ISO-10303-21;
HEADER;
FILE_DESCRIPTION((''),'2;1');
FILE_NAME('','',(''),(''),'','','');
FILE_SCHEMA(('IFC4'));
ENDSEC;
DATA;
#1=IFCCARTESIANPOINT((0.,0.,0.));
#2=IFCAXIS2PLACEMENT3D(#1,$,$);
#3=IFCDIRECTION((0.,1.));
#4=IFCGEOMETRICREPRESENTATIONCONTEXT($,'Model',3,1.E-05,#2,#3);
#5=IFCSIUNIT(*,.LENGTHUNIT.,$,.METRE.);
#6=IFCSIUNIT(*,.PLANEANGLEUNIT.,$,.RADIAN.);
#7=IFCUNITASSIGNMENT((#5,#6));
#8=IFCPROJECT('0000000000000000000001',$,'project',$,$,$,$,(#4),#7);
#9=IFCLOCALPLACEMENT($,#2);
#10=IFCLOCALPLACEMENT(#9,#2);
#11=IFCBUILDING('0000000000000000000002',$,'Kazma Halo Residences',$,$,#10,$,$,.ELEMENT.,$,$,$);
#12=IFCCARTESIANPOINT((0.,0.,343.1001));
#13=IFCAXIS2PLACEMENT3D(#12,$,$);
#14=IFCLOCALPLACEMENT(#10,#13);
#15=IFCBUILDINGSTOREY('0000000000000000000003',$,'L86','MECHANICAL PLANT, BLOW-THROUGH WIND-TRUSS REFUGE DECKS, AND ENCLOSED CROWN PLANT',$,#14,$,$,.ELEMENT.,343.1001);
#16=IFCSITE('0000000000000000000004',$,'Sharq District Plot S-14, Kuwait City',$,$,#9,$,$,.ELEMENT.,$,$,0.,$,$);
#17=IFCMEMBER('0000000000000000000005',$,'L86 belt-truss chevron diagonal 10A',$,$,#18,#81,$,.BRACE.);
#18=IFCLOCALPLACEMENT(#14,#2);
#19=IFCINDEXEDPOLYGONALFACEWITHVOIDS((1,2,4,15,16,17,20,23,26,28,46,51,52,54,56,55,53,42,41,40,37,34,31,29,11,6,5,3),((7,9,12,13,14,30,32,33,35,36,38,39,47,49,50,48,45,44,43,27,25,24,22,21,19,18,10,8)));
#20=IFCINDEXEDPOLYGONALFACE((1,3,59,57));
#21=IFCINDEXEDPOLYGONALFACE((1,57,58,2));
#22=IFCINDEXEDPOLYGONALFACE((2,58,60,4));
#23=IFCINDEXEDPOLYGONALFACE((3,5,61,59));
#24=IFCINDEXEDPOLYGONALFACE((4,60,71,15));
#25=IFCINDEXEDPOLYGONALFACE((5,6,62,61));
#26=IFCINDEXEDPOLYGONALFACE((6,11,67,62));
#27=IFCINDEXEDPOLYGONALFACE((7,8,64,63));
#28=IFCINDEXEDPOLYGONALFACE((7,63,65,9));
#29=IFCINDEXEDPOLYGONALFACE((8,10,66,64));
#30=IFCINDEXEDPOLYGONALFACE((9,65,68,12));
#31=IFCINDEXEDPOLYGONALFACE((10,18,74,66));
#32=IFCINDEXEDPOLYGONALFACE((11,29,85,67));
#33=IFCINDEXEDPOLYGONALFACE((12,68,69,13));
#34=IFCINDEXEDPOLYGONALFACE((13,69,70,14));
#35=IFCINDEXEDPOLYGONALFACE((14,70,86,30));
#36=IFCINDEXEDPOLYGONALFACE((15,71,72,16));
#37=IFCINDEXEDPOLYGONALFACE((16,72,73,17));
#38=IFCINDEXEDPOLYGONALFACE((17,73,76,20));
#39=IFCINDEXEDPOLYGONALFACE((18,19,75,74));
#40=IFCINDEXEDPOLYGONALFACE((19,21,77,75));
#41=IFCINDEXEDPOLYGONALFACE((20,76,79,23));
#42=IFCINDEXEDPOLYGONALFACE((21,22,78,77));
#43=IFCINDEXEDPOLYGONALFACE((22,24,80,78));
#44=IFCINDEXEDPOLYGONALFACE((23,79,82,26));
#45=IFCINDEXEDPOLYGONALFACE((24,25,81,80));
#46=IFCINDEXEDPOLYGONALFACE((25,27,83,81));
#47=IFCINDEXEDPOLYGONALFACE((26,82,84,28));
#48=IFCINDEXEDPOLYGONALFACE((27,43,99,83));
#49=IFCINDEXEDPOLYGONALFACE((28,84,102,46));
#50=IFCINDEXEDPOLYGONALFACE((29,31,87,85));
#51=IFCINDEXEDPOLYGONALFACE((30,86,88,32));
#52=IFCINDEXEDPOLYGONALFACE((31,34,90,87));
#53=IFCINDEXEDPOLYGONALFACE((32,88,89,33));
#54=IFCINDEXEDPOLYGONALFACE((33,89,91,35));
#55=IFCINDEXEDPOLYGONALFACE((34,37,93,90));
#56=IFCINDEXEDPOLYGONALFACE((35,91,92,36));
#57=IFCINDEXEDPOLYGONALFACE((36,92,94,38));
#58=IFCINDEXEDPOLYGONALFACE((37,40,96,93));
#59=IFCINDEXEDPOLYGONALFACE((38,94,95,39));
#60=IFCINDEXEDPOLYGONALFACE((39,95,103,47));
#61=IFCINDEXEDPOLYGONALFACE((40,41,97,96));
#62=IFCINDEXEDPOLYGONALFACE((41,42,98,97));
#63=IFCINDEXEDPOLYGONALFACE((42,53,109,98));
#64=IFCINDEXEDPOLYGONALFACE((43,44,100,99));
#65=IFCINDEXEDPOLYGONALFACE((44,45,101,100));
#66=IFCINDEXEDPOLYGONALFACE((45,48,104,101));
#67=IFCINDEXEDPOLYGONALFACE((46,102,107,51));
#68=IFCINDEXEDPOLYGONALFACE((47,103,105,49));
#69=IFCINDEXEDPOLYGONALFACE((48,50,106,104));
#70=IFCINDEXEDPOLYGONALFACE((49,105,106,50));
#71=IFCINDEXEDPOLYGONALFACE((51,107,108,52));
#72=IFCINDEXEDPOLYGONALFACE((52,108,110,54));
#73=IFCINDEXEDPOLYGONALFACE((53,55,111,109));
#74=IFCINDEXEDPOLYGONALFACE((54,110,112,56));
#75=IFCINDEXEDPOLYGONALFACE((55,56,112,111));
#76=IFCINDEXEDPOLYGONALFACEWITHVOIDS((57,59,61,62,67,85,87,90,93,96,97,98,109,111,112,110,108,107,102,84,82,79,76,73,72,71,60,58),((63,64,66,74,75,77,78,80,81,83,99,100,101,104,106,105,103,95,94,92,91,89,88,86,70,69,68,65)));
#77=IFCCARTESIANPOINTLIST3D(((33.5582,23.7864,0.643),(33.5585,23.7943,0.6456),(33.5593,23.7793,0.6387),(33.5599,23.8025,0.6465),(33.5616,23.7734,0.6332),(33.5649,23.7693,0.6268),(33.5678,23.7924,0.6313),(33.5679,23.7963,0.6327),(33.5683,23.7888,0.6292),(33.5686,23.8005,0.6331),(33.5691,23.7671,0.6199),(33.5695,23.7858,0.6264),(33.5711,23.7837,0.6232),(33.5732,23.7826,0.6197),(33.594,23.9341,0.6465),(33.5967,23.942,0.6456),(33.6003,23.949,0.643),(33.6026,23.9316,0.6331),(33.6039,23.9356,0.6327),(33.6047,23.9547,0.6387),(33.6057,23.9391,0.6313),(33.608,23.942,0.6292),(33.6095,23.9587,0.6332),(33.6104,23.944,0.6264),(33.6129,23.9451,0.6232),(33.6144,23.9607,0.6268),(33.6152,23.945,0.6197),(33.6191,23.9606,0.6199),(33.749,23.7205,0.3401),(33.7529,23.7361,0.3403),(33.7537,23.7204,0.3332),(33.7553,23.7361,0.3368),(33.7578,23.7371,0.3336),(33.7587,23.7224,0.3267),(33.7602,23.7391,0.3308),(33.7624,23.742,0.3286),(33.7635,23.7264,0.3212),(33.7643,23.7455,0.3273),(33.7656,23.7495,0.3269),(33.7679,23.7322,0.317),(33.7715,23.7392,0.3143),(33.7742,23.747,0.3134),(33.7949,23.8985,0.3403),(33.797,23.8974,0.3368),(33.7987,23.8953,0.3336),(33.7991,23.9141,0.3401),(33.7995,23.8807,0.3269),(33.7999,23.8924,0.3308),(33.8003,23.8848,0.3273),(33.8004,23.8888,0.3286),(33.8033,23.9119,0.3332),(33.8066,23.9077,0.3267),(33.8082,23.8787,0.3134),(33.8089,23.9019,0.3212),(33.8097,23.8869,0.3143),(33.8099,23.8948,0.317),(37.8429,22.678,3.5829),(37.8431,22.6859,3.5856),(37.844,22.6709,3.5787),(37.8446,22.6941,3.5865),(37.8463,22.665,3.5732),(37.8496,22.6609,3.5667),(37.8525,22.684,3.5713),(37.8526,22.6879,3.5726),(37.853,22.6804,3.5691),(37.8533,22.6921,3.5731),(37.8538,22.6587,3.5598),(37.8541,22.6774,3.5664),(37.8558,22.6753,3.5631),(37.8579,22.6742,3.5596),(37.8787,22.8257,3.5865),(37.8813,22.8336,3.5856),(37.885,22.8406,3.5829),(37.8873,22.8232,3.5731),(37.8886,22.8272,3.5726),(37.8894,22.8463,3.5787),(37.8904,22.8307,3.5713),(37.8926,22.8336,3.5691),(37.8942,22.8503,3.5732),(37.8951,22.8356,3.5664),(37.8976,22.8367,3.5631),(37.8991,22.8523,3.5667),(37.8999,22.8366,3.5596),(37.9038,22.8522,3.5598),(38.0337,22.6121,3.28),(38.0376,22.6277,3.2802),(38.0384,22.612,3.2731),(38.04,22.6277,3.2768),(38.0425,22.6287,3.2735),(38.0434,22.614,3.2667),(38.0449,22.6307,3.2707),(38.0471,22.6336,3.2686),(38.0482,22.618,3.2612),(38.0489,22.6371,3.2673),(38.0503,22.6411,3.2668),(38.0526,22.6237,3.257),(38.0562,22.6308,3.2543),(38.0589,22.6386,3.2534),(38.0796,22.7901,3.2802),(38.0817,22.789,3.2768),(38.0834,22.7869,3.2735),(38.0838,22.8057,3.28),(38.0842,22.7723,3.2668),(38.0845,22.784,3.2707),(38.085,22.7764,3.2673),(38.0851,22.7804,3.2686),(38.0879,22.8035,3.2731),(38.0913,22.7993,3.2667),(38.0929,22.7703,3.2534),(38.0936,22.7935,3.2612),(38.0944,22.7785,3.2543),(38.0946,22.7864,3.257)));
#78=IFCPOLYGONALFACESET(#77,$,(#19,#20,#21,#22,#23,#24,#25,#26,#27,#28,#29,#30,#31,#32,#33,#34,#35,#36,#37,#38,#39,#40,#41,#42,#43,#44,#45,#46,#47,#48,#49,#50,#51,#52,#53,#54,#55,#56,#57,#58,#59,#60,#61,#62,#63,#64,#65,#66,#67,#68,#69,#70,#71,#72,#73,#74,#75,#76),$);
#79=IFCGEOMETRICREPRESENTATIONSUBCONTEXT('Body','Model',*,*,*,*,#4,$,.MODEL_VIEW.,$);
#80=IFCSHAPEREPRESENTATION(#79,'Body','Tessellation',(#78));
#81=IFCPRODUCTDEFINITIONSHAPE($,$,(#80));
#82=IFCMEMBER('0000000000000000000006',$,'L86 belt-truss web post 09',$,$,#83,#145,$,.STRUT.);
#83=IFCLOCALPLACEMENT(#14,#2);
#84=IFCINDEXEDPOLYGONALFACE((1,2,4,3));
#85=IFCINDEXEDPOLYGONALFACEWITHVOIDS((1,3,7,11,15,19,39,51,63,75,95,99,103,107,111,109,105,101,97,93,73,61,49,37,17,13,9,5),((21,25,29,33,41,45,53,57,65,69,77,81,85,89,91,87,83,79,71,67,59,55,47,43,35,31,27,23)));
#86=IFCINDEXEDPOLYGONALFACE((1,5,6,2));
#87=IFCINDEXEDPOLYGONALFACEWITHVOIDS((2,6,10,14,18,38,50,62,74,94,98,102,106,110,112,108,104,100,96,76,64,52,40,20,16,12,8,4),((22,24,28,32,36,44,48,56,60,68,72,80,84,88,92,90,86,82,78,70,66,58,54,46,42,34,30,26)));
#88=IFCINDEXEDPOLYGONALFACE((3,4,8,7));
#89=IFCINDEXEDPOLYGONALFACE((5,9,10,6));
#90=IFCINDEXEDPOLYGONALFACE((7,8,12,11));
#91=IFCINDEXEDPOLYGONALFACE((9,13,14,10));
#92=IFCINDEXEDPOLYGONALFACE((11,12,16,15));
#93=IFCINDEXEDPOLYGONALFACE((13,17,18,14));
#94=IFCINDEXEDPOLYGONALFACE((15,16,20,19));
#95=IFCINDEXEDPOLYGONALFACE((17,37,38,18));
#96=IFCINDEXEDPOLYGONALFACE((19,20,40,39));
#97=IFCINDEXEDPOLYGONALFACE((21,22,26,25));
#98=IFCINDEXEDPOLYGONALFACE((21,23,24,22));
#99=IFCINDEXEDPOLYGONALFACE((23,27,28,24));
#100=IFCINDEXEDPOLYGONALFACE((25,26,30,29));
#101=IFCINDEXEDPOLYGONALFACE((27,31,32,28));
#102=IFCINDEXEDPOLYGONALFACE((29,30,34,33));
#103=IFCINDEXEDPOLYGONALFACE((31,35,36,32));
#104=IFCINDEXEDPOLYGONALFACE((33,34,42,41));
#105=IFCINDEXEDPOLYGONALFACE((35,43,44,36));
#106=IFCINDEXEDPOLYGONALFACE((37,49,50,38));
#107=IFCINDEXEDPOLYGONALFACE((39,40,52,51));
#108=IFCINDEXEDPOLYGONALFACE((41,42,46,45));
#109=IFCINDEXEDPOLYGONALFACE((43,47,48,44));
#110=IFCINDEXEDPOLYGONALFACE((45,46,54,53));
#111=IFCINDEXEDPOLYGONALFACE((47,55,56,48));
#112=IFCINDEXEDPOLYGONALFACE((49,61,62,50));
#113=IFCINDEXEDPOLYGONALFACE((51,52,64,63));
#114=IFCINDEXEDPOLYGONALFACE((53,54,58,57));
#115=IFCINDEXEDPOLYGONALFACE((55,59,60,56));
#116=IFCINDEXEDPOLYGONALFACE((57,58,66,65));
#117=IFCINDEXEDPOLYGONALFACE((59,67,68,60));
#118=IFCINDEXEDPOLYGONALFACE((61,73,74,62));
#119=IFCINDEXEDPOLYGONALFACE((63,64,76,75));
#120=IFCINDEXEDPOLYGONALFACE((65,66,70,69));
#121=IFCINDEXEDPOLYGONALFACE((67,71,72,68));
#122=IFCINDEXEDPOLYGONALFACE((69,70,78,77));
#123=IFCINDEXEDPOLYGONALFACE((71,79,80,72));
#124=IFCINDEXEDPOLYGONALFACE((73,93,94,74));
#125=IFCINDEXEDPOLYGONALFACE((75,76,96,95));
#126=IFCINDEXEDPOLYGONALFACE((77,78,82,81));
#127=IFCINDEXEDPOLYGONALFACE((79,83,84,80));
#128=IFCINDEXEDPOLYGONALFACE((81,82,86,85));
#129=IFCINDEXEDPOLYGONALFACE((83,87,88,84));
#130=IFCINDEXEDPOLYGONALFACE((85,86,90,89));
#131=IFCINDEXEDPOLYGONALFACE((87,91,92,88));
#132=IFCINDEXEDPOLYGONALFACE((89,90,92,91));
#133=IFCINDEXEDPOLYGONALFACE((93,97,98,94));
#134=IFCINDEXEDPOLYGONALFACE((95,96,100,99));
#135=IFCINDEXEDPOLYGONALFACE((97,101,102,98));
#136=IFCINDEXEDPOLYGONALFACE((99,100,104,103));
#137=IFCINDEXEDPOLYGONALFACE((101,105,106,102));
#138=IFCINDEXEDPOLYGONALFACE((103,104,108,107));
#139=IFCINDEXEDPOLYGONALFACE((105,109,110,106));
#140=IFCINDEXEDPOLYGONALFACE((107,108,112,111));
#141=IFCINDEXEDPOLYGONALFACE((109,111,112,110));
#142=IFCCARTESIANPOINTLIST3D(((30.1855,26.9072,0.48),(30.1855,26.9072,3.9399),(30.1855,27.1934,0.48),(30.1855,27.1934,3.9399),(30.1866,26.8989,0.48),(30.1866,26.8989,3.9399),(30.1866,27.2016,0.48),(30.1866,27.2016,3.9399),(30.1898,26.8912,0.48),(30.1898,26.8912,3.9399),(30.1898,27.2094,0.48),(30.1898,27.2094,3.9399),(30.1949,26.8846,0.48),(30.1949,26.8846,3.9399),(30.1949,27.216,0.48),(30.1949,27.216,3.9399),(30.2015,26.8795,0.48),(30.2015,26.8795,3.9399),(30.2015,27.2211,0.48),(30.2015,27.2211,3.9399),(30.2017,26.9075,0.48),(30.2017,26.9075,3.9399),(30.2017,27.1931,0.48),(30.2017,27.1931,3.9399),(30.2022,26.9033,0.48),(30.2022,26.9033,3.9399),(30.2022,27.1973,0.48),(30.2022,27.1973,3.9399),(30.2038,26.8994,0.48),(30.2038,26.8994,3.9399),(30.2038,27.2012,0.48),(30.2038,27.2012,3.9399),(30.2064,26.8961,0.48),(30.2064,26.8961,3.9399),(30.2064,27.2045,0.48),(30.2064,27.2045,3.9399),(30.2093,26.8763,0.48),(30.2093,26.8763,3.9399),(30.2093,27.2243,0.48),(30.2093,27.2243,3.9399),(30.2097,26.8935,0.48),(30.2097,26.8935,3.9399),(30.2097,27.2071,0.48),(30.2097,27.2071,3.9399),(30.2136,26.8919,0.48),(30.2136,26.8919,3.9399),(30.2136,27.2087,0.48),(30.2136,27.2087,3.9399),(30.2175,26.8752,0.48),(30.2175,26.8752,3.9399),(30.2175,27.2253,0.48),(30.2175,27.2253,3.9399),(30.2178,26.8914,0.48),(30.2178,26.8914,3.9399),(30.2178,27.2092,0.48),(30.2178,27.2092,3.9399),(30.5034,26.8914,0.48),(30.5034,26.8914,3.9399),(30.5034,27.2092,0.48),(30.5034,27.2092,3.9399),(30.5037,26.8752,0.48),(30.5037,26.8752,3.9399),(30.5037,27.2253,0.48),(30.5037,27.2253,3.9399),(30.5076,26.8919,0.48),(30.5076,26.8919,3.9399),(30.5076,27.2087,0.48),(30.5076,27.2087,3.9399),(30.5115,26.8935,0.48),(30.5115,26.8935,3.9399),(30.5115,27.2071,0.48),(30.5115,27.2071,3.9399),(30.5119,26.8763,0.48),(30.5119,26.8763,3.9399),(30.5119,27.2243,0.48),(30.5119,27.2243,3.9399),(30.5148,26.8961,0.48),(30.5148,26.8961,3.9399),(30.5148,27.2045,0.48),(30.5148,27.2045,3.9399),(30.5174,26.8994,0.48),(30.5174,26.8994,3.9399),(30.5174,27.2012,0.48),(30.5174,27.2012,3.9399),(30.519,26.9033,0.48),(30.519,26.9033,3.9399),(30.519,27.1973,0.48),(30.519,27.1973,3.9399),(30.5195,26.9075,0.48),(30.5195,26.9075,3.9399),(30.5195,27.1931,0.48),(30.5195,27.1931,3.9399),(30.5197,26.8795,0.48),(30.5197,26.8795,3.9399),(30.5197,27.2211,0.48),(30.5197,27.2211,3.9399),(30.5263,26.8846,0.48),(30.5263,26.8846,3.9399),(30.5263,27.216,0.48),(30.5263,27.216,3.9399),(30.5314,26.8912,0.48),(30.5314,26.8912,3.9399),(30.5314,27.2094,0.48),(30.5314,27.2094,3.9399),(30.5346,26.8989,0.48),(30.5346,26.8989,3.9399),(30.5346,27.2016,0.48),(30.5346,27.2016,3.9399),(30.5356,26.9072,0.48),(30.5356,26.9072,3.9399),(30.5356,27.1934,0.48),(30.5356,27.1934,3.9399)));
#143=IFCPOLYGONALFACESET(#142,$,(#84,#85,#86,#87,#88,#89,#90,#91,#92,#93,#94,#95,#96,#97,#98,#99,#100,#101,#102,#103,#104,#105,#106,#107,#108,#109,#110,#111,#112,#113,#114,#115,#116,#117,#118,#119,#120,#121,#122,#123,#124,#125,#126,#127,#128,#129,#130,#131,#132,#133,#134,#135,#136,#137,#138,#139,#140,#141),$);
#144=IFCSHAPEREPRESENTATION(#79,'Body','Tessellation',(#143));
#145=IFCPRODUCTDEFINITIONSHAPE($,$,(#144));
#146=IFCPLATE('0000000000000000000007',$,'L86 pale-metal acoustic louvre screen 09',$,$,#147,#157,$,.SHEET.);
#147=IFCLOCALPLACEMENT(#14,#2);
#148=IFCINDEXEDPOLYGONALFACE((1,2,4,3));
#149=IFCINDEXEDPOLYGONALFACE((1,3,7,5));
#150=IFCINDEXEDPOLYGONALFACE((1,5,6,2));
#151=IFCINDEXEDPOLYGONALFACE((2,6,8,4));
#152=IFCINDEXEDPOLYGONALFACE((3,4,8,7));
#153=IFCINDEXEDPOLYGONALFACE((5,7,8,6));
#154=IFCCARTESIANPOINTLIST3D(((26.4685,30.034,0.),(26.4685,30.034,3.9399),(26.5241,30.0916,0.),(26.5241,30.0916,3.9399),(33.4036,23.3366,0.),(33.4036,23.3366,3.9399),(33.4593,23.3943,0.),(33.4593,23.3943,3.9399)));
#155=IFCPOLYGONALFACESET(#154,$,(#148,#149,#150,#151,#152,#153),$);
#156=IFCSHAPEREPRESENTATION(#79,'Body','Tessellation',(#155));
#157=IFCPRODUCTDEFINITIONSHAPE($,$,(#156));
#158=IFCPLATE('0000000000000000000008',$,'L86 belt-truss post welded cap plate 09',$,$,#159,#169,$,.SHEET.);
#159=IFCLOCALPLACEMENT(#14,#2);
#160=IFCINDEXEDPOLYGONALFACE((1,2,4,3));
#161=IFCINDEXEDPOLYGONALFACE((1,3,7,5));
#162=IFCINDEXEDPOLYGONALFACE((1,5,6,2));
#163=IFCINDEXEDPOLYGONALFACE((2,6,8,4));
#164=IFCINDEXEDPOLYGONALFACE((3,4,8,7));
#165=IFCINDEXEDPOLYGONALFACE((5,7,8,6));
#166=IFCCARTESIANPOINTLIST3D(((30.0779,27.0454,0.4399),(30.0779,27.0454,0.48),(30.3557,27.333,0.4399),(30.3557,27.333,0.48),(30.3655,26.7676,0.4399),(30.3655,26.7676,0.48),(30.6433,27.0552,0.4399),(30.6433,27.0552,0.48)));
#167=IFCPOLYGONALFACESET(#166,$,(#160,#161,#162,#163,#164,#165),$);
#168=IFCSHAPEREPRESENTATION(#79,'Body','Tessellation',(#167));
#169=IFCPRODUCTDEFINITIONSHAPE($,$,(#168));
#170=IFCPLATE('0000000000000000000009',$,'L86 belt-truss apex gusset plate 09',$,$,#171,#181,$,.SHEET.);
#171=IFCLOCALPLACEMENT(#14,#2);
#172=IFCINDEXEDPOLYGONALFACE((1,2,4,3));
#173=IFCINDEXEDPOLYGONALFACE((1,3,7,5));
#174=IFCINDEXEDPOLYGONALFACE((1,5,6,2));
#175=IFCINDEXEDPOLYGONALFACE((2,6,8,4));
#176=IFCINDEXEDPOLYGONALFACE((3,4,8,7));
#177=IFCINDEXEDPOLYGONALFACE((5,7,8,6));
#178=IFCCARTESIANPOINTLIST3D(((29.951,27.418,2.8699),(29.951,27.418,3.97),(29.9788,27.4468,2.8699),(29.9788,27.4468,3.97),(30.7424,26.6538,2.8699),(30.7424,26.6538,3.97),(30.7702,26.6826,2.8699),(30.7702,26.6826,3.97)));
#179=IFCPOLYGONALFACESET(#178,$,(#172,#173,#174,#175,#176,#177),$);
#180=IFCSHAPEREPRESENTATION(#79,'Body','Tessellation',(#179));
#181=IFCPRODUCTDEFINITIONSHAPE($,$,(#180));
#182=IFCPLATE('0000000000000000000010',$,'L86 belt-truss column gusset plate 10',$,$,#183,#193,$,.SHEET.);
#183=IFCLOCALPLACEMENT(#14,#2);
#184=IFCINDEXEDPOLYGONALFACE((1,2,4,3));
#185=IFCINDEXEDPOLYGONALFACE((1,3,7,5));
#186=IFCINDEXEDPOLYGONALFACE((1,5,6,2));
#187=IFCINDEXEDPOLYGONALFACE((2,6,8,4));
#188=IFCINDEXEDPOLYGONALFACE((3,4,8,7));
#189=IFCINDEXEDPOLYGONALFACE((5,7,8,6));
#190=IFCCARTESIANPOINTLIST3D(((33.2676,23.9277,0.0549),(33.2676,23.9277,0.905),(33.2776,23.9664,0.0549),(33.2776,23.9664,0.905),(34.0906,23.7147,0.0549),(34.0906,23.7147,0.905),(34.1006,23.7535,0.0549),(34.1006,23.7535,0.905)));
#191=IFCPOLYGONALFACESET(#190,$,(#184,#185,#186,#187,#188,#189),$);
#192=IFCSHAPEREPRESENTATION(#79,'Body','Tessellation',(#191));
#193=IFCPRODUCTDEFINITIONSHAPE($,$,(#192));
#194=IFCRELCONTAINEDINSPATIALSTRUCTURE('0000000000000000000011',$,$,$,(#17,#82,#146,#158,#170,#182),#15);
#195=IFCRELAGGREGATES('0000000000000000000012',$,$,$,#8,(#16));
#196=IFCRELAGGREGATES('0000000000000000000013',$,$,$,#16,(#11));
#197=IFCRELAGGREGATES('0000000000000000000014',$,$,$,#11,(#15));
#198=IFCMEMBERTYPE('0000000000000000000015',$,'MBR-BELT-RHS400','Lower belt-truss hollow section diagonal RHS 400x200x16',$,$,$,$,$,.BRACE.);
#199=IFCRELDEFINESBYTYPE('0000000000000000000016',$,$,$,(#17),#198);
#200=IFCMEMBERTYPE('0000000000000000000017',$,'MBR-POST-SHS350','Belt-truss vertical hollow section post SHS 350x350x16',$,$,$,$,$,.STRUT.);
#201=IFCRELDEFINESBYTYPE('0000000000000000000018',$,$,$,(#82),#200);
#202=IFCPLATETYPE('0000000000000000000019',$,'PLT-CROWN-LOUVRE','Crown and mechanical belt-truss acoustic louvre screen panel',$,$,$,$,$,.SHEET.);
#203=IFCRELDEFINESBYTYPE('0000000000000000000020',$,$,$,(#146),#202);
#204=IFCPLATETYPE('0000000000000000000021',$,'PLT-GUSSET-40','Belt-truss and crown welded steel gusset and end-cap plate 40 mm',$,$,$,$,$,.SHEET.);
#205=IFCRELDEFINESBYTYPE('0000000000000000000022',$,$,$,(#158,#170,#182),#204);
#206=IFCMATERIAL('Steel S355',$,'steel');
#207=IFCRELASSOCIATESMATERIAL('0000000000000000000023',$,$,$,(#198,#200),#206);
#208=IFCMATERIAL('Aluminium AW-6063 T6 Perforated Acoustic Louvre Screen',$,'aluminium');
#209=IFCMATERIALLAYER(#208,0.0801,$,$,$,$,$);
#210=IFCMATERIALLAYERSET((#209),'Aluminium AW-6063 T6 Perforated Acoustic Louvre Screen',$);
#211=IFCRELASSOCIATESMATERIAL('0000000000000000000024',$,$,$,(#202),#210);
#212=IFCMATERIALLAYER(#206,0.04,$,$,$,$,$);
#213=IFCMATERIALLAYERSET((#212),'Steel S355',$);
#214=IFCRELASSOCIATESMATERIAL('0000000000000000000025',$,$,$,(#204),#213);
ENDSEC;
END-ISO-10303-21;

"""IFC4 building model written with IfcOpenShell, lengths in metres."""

from ifc_helpers import new_model, si_unit, direction, frame, origin, origin_2d, place, context, subcontext, project, spatial, rectangle, hollow_rectangle, extrude, material, layer, layer_set, material_profile, profile_set, type_object, element, save


model = new_model("IFC4")

# Units and contexts
model_context = context("Model", 3, precision=1e-05, world=origin(), true_north=direction((0.0, 1.0)))
body_context = subcontext(model_context, "Body", "Model", "MODEL_VIEW")
ifc_project = project(units=[si_unit("LENGTHUNIT", "METRE"), si_unit("PLANEANGLEUNIT", "RADIAN")], contexts=[model_context])

# Site, building, storey
site_placement = place(None, origin())
site = spatial("IfcSite", under=ifc_project, at=site_placement, Name="Sharq District Plot S-14, Kuwait City", CompositionType="ELEMENT", RefElevation=0.0)
building_placement = place(site_placement, origin())
building = spatial("IfcBuilding", under=site, at=building_placement, Name="Kazma Halo Residences", CompositionType="ELEMENT")
storey_placement = place(building_placement, frame((0.0, 0.0, 343.1001)))
storey = spatial("IfcBuildingStorey", under=building, at=storey_placement, Name="L86", Description="MECHANICAL PLANT, BLOW-THROUGH WIND-TRUSS REFUGE DECKS, AND ENCLOSED CROWN PLANT", CompositionType="ELEMENT", Elevation=343.1001)

# Shared definitions
ifc_material_1 = material(Name="Steel S355", Category="steel")

# Members
ifc_material_profile_1 = material_profile(ifc_material_1, hollow_rectangle(XDim=0.2, YDim=0.3999, WallThickness=0.0161, InnerFilletRadius=0.0161, OuterFilletRadius=0.032, at=origin_2d()), Name="RHS400x200x16")
ifc_profile_set_1 = profile_set([ifc_material_profile_1], Name="Steel S355")
member_type_1 = type_object("IfcMemberType", Name="MBR-BELT-RHS400", Description="Lower belt-truss hollow section diagonal RHS 400x200x16", PredefinedType="BRACE", material=ifc_profile_set_1)
member_1_placement = place(storey_placement, frame((33.6841, 23.8406, 0.48), z_axis=(0.806418, -0.208612, 0.553327), x_axis=(0.250445, 0.968131, 0.0)))
element("IfcMember", 1, at=member_1_placement, inside=storey, type_object=member_type_1, Name="L86 belt-truss chevron diagonal 10A", PredefinedType="BRACE", context=body_context, shape_type="SweptSolid", body=[
    extrude(hollow_rectangle(XDim=0.2, YDim=0.3999, WallThickness=0.0161, InnerFilletRadius=0.0161, OuterFilletRadius=0.032, at=origin_2d()), origin(), (0.0, 0.0, 1.0), 5.3132),
])
ifc_material_profile_2 = material_profile(ifc_material_1, hollow_rectangle(XDim=0.3501, YDim=0.3501, WallThickness=0.0161, InnerFilletRadius=0.0161, OuterFilletRadius=0.032, at=origin_2d()), Name="SHS350x350x16")
ifc_profile_set_2 = profile_set([ifc_material_profile_2], Name="Steel S355")
member_type_2 = type_object("IfcMemberType", Name="MBR-POST-SHS350", Description="Belt-truss vertical hollow section post SHS 350x350x16", PredefinedType="STRUT", material=ifc_profile_set_2)
member_2_placement = place(storey_placement, frame((30.3606, 27.0503, 0.48), z_axis=(0.0, 0.0, 1.0), x_axis=(1.0, 0.0, 0.0)))
element("IfcMember", 2, at=member_2_placement, inside=storey, type_object=member_type_2, Name="L86 belt-truss web post 09", PredefinedType="STRUT", context=body_context, shape_type="SweptSolid", body=[
    extrude(hollow_rectangle(XDim=0.3501, YDim=0.3501, WallThickness=0.0161, InnerFilletRadius=0.0161, OuterFilletRadius=0.032, at=origin_2d()), origin(), (0.0, 0.0, 1.0), 3.46),
])

# Plates
ifc_material_2 = material(Name="Aluminium AW-6063 T6 Perforated Acoustic Louvre Screen", Category="aluminium")
ifc_layer_1 = layer(ifc_material_2, 0.0801)
ifc_layer_set_1 = layer_set([ifc_layer_1], Name="Aluminium AW-6063 T6 Perforated Acoustic Louvre Screen")
plate_type_1 = type_object("IfcPlateType", Name="PLT-CROWN-LOUVRE", Description="Crown and mechanical belt-truss acoustic louvre screen panel", PredefinedType="SHEET", material=ifc_layer_set_1)
plate_1_placement = place(storey_placement, frame((29.9639, 26.7141, 0.0), z_axis=(0.0, 0.0, 1.0), x_axis=(0.719335, -0.694663, 0.0)))
element("IfcPlate", 3, at=plate_1_placement, inside=storey, type_object=plate_type_1, Name="L86 pale-metal acoustic louvre screen 09", PredefinedType="SHEET", context=body_context, shape_type="SweptSolid", body=[
    extrude(rectangle(XDim=9.6411, YDim=0.0801, at=origin_2d()), origin(), (0.0, 0.0, 1.0), 3.9399),
])
ifc_layer_2 = layer(ifc_material_1, 0.04)
ifc_layer_set_2 = layer_set([ifc_layer_2], Name="Steel S355")
plate_type_2 = type_object("IfcPlateType", Name="PLT-GUSSET-40", Description="Belt-truss and crown welded steel gusset and end-cap plate 40 mm", PredefinedType="SHEET", material=ifc_layer_set_2)
plate_2_placement = place(storey_placement, frame((30.3606, 27.0503, 0.4399), z_axis=(0.0, 0.0, 1.0), x_axis=(0.719335, -0.694663, 0.0)))
element("IfcPlate", 4, at=plate_2_placement, inside=storey, type_object=plate_type_2, Name="L86 belt-truss post welded cap plate 09", PredefinedType="SHEET", context=body_context, shape_type="SweptSolid", body=[
    extrude(rectangle(XDim=0.3999, YDim=0.3999, at=origin_2d()), origin(), (0.0, 0.0, 1.0), 0.04),
])
plate_3_placement = place(storey_placement, frame((30.3606, 27.0503, 2.8699), z_axis=(0.0, 0.0, 1.0), x_axis=(0.719335, -0.694663, 0.0)))
element("IfcPlate", 5, at=plate_3_placement, inside=storey, type_object=plate_type_2, Name="L86 belt-truss apex gusset plate 09", PredefinedType="SHEET", context=body_context, shape_type="SweptSolid", body=[
    extrude(rectangle(XDim=1.1001, YDim=0.04, at=origin_2d()), origin(), (0.0, 0.0, 1.0), 1.1001),
])
plate_4_placement = place(storey_placement, frame((33.6841, 23.8406, 0.0549), z_axis=(0.0, 0.0, 1.0), x_axis=(0.968126, -0.250463, 0.0)))
element("IfcPlate", 6, at=plate_4_placement, inside=storey, type_object=plate_type_2, Name="L86 belt-truss column gusset plate 10", PredefinedType="SHEET", context=body_context, shape_type="SweptSolid", body=[
    extrude(rectangle(XDim=0.8501, YDim=0.04, at=origin_2d()), origin(), (0.0, 0.0, 1.0), 0.8501),
])

save(model, "model.ifc")
